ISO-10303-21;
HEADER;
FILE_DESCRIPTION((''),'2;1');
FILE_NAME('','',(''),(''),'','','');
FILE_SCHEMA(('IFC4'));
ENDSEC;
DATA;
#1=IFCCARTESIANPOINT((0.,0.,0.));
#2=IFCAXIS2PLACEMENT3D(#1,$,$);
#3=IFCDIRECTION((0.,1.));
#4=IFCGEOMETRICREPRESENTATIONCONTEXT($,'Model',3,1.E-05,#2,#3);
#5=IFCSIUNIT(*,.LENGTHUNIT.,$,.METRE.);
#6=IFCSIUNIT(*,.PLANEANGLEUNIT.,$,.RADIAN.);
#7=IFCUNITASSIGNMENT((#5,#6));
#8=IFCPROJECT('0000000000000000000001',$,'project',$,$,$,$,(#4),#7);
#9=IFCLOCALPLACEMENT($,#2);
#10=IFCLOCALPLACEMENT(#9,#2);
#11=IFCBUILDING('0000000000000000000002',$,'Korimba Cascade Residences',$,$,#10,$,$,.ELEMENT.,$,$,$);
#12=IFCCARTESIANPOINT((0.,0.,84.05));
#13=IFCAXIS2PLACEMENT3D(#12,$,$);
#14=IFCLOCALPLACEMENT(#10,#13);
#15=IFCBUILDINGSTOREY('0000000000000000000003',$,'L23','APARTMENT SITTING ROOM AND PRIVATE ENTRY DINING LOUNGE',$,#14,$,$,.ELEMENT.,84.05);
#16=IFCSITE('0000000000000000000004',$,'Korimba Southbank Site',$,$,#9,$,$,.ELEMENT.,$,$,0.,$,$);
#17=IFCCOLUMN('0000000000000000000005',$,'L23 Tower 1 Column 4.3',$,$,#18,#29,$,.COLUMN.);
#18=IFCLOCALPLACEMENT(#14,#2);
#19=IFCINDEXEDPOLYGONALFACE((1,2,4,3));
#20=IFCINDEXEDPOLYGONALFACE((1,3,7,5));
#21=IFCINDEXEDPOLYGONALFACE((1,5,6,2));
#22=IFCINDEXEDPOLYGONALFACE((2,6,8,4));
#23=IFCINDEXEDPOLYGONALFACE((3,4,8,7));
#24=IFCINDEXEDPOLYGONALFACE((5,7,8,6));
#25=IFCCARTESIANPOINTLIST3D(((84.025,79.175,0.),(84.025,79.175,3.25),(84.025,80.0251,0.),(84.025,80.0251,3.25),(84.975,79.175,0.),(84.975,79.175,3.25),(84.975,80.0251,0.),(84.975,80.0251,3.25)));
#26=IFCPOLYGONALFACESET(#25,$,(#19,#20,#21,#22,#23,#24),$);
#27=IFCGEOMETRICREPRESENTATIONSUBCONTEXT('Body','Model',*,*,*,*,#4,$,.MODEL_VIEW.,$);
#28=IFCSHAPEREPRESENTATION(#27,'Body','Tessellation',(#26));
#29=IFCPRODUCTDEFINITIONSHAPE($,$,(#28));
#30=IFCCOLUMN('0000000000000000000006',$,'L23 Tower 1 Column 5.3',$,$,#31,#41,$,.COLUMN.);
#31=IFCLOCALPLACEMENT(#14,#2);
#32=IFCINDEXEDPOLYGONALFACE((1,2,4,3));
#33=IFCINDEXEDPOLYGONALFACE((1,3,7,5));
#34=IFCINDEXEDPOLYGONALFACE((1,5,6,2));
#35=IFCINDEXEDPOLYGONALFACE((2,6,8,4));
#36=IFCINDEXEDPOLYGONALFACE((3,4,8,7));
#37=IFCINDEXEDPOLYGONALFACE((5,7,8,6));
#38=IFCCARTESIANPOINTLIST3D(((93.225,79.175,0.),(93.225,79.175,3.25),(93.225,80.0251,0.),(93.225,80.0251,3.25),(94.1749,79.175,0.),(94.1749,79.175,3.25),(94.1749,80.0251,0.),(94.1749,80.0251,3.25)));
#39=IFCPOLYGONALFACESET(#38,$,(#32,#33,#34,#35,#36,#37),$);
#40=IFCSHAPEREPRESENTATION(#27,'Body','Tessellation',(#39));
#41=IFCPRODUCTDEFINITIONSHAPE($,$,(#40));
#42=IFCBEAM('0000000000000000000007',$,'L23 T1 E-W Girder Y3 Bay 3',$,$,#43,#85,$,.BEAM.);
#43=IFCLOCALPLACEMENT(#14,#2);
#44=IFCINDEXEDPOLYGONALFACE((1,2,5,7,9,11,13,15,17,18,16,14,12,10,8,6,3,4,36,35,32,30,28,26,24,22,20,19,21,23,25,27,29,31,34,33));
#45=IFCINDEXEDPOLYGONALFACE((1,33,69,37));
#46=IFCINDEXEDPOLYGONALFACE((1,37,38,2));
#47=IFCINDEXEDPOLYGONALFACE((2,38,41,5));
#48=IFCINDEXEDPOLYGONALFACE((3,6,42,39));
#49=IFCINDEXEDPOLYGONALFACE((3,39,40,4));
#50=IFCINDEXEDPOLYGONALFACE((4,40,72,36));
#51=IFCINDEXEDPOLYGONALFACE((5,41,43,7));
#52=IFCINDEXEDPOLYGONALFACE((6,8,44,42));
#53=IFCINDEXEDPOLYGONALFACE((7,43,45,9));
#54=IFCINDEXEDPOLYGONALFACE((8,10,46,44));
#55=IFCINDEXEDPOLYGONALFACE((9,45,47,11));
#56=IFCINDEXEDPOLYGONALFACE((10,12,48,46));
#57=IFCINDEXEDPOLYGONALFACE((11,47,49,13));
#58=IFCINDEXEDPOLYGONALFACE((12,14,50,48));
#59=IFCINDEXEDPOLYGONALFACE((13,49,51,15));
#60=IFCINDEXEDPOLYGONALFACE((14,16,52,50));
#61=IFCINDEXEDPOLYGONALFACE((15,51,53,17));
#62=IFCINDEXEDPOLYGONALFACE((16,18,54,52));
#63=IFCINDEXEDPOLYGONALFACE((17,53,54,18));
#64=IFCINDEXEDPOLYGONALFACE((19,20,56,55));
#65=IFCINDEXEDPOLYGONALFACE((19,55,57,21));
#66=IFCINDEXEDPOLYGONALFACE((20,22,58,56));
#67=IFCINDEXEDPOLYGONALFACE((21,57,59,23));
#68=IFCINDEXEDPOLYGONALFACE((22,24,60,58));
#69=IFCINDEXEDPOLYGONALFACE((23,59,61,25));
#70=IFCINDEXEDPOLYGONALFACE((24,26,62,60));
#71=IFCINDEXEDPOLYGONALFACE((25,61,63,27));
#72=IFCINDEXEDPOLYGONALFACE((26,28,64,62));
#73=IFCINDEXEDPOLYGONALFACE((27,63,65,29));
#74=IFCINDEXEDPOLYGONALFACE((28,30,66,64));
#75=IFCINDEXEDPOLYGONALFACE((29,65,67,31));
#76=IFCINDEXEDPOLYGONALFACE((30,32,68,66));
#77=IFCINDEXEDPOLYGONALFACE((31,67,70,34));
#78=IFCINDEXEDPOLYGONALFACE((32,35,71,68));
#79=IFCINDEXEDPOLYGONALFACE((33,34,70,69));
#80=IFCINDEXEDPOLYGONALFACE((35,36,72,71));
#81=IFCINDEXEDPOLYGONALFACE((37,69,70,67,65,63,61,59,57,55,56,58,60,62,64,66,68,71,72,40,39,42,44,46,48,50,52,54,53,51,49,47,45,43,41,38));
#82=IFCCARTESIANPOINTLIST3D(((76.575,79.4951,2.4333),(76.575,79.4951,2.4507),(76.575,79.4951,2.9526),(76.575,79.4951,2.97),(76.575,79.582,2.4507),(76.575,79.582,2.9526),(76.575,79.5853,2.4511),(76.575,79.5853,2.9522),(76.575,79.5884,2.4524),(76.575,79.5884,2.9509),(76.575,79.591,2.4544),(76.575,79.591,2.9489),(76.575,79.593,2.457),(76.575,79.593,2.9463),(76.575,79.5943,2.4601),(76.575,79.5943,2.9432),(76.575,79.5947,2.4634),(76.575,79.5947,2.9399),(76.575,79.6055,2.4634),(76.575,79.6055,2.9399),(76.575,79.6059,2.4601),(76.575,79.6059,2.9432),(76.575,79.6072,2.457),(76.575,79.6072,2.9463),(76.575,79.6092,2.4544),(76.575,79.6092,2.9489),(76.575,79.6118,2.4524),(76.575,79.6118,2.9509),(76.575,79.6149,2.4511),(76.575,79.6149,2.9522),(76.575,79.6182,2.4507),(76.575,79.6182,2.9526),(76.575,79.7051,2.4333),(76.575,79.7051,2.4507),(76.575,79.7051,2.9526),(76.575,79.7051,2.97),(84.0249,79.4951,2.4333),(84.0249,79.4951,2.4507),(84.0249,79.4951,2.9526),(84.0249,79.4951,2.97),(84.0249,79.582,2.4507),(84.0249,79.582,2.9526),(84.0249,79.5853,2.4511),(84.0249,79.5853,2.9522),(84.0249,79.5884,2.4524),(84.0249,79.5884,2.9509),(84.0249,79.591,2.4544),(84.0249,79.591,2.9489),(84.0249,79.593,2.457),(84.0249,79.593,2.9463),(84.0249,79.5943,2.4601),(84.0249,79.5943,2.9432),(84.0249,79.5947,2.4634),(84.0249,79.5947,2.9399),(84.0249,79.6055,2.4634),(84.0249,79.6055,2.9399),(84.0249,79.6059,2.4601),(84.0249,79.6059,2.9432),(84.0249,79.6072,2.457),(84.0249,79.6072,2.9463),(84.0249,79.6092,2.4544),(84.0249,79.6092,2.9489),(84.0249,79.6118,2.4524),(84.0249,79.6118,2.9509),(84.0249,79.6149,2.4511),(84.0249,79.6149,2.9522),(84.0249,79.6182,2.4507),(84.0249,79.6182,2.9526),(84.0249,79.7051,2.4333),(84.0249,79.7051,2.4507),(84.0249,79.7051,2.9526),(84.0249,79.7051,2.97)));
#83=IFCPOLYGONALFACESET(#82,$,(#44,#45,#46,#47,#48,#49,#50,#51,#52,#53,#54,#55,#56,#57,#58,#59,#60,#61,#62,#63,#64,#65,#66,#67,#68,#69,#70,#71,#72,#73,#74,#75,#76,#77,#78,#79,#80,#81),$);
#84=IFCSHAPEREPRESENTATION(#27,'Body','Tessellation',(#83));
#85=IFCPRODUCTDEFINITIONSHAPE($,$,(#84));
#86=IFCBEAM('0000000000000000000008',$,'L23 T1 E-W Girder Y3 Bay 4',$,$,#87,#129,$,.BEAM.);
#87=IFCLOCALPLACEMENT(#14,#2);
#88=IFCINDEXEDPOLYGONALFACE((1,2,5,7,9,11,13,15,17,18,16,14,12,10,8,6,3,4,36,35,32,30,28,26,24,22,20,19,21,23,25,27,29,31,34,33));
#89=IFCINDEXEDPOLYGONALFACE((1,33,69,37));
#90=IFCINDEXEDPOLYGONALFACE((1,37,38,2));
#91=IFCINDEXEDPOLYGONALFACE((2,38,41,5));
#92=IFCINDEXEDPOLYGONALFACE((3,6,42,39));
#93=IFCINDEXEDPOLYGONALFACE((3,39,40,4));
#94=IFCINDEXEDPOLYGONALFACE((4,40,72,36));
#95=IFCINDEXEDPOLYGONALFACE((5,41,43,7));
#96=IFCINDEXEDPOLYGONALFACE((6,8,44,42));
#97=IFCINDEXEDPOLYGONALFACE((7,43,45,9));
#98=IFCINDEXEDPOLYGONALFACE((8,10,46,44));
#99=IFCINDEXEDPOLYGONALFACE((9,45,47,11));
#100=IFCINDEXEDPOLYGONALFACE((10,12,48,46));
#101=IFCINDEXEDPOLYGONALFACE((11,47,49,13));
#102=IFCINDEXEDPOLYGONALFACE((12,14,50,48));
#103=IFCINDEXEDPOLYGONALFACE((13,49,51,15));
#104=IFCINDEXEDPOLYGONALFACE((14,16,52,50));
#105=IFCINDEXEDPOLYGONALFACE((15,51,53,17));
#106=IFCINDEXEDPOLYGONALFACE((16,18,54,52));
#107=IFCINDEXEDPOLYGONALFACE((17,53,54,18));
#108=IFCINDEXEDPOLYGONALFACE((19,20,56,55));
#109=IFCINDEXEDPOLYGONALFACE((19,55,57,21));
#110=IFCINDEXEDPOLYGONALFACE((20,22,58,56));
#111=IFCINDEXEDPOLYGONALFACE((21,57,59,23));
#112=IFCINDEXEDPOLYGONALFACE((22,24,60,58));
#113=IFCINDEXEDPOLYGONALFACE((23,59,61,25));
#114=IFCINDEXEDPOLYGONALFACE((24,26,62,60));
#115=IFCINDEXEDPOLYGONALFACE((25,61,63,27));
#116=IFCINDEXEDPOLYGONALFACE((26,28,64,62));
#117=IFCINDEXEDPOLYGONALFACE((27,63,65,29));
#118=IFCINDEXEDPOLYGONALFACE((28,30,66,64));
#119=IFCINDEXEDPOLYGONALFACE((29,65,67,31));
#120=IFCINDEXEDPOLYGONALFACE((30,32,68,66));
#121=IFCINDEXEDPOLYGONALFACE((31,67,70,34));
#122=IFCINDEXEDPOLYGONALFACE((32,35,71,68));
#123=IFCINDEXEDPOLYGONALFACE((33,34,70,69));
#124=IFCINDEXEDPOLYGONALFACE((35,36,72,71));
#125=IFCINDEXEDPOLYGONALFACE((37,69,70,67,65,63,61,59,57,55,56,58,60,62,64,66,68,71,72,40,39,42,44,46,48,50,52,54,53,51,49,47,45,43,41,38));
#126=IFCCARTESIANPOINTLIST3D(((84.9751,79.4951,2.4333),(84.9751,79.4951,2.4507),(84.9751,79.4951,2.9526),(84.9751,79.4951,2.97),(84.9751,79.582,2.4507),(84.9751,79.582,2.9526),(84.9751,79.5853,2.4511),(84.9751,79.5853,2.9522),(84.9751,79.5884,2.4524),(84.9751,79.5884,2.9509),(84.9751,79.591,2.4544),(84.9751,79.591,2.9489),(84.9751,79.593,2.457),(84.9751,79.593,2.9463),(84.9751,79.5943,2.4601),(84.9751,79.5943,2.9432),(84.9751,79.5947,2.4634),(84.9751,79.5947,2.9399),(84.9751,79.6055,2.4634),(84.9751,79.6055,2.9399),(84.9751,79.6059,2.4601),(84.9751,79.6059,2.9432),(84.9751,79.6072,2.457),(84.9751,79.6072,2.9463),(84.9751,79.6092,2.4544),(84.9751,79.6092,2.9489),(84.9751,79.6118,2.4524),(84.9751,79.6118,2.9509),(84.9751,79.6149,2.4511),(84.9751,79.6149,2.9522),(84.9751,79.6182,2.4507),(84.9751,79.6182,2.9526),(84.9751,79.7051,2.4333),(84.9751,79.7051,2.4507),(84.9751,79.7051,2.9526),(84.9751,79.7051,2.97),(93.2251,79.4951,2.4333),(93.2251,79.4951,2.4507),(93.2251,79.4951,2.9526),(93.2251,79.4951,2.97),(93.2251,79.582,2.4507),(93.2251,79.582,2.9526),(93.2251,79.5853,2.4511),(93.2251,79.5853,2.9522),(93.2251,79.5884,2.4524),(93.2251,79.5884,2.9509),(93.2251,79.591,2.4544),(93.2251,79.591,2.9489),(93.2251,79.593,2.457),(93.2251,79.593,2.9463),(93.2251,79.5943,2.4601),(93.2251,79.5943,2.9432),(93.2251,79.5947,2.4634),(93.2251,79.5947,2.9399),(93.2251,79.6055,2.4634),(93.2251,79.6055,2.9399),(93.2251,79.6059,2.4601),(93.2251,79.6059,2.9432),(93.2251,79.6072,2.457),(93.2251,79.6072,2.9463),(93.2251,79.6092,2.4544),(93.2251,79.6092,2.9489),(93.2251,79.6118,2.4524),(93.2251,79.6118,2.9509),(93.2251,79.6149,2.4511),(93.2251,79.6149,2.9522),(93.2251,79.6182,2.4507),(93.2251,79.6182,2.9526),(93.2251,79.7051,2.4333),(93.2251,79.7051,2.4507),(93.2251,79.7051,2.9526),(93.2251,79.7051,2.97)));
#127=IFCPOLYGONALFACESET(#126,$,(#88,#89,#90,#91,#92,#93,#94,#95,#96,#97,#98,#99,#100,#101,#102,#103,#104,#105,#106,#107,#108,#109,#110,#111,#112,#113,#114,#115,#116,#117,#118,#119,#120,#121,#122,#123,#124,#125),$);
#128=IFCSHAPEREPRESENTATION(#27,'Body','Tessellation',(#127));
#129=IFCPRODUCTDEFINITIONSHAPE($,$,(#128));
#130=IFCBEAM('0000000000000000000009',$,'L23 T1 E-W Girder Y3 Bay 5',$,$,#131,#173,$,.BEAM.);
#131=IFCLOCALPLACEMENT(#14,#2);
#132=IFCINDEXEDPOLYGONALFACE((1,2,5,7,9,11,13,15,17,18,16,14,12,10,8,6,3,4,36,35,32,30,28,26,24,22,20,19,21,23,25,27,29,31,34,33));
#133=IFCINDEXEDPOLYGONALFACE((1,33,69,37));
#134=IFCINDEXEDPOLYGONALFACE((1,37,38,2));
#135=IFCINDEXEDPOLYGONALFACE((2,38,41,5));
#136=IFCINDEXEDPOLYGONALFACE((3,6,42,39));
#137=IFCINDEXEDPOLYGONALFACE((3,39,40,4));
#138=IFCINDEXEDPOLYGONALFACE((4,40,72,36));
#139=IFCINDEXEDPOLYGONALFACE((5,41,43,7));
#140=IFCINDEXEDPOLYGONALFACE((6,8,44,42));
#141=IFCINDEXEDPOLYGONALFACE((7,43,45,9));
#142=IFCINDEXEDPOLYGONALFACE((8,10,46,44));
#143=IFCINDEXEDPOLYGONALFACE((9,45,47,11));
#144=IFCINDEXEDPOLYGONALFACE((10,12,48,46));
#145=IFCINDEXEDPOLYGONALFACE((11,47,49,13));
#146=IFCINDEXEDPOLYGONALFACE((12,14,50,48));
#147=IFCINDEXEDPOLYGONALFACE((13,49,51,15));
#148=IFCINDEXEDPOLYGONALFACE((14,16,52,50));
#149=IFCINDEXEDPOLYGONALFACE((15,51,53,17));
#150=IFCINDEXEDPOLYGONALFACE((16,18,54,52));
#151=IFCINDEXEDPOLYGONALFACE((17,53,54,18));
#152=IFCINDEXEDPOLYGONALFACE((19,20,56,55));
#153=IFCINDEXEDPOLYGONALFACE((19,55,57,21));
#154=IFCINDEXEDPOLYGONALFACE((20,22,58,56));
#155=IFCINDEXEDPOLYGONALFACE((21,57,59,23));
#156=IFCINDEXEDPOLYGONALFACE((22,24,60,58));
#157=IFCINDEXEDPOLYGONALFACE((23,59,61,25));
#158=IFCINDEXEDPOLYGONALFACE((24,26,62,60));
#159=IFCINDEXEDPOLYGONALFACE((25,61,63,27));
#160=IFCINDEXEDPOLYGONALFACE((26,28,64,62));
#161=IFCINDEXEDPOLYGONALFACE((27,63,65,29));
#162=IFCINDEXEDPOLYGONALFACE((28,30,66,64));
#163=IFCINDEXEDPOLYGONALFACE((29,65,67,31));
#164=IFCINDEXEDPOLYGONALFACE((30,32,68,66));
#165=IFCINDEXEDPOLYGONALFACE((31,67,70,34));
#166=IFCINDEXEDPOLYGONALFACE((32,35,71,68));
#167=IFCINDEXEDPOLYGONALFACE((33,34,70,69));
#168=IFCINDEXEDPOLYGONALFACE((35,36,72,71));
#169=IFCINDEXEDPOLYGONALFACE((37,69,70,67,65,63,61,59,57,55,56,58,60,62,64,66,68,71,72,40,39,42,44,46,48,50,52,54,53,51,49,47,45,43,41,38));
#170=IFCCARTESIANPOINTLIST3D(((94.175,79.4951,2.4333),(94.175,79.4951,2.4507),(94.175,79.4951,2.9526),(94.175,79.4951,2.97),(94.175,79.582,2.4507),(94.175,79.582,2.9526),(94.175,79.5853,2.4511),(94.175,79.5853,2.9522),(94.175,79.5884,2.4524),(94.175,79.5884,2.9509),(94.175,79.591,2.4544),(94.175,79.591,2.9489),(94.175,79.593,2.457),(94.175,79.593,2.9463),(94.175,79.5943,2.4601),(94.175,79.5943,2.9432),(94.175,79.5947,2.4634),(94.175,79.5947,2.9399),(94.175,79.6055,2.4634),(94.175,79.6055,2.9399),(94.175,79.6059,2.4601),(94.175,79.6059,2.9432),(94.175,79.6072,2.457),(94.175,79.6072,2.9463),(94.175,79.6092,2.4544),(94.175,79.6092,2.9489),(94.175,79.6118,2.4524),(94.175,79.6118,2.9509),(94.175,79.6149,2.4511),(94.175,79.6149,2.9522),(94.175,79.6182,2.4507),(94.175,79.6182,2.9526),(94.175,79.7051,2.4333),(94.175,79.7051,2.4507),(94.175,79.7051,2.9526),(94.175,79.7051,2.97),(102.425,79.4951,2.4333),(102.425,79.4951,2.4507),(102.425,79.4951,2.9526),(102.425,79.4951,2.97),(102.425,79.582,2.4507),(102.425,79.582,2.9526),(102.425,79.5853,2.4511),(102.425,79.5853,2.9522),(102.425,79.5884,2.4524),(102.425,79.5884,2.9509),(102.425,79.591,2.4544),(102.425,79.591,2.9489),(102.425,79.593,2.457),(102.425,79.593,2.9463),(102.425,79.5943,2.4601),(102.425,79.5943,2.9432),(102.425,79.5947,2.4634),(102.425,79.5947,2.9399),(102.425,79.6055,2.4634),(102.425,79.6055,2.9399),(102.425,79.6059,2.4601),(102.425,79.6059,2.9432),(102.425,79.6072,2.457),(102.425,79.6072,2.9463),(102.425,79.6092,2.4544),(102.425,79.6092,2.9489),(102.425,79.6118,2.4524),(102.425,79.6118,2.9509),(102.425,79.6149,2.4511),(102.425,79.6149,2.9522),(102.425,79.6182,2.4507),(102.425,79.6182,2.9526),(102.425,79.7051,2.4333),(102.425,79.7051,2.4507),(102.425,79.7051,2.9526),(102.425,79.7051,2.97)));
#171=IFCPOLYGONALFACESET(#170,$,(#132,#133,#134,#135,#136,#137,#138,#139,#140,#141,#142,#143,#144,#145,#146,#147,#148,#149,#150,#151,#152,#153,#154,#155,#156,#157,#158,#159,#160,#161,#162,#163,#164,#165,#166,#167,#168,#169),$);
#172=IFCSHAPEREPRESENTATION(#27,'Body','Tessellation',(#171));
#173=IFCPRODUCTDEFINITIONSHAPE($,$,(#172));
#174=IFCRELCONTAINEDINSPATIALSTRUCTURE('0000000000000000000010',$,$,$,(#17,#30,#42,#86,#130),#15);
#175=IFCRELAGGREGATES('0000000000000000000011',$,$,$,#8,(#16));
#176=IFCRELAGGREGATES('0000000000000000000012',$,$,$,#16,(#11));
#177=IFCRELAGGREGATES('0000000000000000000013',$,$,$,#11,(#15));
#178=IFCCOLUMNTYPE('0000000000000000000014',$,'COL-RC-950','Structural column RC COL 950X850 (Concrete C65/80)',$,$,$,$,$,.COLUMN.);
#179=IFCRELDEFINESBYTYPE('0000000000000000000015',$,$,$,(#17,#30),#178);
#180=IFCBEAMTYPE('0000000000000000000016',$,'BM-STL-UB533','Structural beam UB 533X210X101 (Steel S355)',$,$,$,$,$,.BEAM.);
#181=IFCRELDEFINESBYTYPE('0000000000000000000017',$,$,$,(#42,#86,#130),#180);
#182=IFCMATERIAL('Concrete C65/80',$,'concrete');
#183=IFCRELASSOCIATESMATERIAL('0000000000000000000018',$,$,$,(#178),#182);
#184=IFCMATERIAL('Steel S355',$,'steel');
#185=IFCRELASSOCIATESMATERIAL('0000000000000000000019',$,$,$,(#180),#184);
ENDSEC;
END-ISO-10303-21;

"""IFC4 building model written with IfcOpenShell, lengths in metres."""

from ifc_helpers import new_model, si_unit, direction, frame, origin, origin_2d, place, context, subcontext, project, spatial, rectangle, i_section, extrude, material, material_profile, profile_set, type_object, element, save


model = new_model("IFC4")

# Units and contexts
model_context = context("Model", 3, precision=1e-05, world=origin(), true_north=direction((0.0, 1.0)))
body_context = subcontext(model_context, "Body", "Model", "MODEL_VIEW")
ifc_project = project(units=[si_unit("LENGTHUNIT", "METRE"), si_unit("PLANEANGLEUNIT", "RADIAN")], contexts=[model_context])

# Site, building, storey
site_placement = place(None, origin())
site = spatial("IfcSite", under=ifc_project, at=site_placement, Name="Korimba Southbank Site", CompositionType="ELEMENT", RefElevation=0.0)
building_placement = place(site_placement, origin())
building = spatial("IfcBuilding", under=site, at=building_placement, Name="Korimba Cascade Residences", CompositionType="ELEMENT")
storey_placement = place(building_placement, frame((0.0, 0.0, 84.05)))
storey = spatial("IfcBuildingStorey", under=building, at=storey_placement, Name="L23", Description="APARTMENT SITTING ROOM AND PRIVATE ENTRY DINING LOUNGE", CompositionType="ELEMENT", Elevation=84.05)

# Columns
ifc_material_1 = material(Name="Concrete C65/80", Category="concrete")
ifc_material_profile_1 = material_profile(ifc_material_1, rectangle(XDim=0.95, YDim=0.8501, at=origin_2d()), Name="Concrete C65/80")
ifc_profile_set_1 = profile_set([ifc_material_profile_1], Name="Concrete C65/80")
column_type = type_object("IfcColumnType", Name="COL-RC-950", Description="Structural column RC COL 950X850 (Concrete C65/80)", PredefinedType="COLUMN", material=ifc_profile_set_1)
for number, where, z_axis, x_axis, name in (
    (1, (84.5, 79.6001, 0.0), (0.0, 0.0, 1.0), (1.0, 0.0, 0.0), "L23 Tower 1 Column 4.3"),
    (2, (93.7, 79.6001, 0.0), (0.0, 0.0, 1.0), (1.0, 0.0, 0.0), "L23 Tower 1 Column 5.3"),
):
    element("IfcColumn", number, at=place(storey_placement, frame(where, z_axis=z_axis, x_axis=x_axis)), inside=storey, type_object=column_type, Name=name, PredefinedType="COLUMN", context=body_context, shape_type="SweptSolid", body=[
        extrude(rectangle(XDim=0.95, YDim=0.8501, at=origin_2d()), origin(), (0.0, 0.0, 1.0), 3.25),
    ])

# Beams
ifc_material_2 = material(Name="Steel S355", Category="steel")
ifc_material_profile_2 = material_profile(ifc_material_2, i_section(OverallWidth=0.21, OverallDepth=0.5366, WebThickness=0.0107, FlangeThickness=0.0173, FilletRadius=0.0127, at=origin_2d()), Name="Steel S355")
ifc_profile_set_2 = profile_set([ifc_material_profile_2], Name="Steel S355")
beam_type_1 = type_object("IfcBeamType", Name="BM-STL-UB533", Description="Structural beam UB 533X210X101 (Steel S355)", PredefinedType="BEAM", material=ifc_profile_set_2)
beam_placement = place(storey_placement, frame((76.575, 79.6001, 2.7017), z_axis=(1.0, 0.0, 0.0), x_axis=(0.0, 1.0, 0.0)))
element("IfcBeam", 3, at=beam_placement, inside=storey, type_object=beam_type_1, Name="L23 T1 E-W Girder Y3 Bay 3", PredefinedType="BEAM", context=body_context, shape_type="SweptSolid", body=[
    extrude(i_section(OverallWidth=0.21, OverallDepth=0.5366, WebThickness=0.0107, FlangeThickness=0.0173, FilletRadius=0.0127, at=origin_2d()), origin(), (0.0, 0.0, 1.0), 7.45),
])
for number, where, z_axis, x_axis, name in (
    (4, (84.9751, 79.6001, 2.7017), (1.0, 0.0, 0.0), (0.0, 1.0, 0.0), "L23 T1 E-W Girder Y3 Bay 4"),
    (5, (94.175, 79.6001, 2.7017), (1.0, 0.0, 0.0), (0.0, 1.0, 0.0), "L23 T1 E-W Girder Y3 Bay 5"),
):
    element("IfcBeam", number, at=place(storey_placement, frame(where, z_axis=z_axis, x_axis=x_axis)), inside=storey, type_object=beam_type_1, Name=name, PredefinedType="BEAM", context=body_context, shape_type="SweptSolid", body=[
        extrude(i_section(OverallWidth=0.21, OverallDepth=0.5366, WebThickness=0.0107, FlangeThickness=0.0173, FilletRadius=0.0127, at=origin_2d()), origin(), (0.0, 0.0, 1.0), 8.25),
    ])

save(model, "model.ifc")
